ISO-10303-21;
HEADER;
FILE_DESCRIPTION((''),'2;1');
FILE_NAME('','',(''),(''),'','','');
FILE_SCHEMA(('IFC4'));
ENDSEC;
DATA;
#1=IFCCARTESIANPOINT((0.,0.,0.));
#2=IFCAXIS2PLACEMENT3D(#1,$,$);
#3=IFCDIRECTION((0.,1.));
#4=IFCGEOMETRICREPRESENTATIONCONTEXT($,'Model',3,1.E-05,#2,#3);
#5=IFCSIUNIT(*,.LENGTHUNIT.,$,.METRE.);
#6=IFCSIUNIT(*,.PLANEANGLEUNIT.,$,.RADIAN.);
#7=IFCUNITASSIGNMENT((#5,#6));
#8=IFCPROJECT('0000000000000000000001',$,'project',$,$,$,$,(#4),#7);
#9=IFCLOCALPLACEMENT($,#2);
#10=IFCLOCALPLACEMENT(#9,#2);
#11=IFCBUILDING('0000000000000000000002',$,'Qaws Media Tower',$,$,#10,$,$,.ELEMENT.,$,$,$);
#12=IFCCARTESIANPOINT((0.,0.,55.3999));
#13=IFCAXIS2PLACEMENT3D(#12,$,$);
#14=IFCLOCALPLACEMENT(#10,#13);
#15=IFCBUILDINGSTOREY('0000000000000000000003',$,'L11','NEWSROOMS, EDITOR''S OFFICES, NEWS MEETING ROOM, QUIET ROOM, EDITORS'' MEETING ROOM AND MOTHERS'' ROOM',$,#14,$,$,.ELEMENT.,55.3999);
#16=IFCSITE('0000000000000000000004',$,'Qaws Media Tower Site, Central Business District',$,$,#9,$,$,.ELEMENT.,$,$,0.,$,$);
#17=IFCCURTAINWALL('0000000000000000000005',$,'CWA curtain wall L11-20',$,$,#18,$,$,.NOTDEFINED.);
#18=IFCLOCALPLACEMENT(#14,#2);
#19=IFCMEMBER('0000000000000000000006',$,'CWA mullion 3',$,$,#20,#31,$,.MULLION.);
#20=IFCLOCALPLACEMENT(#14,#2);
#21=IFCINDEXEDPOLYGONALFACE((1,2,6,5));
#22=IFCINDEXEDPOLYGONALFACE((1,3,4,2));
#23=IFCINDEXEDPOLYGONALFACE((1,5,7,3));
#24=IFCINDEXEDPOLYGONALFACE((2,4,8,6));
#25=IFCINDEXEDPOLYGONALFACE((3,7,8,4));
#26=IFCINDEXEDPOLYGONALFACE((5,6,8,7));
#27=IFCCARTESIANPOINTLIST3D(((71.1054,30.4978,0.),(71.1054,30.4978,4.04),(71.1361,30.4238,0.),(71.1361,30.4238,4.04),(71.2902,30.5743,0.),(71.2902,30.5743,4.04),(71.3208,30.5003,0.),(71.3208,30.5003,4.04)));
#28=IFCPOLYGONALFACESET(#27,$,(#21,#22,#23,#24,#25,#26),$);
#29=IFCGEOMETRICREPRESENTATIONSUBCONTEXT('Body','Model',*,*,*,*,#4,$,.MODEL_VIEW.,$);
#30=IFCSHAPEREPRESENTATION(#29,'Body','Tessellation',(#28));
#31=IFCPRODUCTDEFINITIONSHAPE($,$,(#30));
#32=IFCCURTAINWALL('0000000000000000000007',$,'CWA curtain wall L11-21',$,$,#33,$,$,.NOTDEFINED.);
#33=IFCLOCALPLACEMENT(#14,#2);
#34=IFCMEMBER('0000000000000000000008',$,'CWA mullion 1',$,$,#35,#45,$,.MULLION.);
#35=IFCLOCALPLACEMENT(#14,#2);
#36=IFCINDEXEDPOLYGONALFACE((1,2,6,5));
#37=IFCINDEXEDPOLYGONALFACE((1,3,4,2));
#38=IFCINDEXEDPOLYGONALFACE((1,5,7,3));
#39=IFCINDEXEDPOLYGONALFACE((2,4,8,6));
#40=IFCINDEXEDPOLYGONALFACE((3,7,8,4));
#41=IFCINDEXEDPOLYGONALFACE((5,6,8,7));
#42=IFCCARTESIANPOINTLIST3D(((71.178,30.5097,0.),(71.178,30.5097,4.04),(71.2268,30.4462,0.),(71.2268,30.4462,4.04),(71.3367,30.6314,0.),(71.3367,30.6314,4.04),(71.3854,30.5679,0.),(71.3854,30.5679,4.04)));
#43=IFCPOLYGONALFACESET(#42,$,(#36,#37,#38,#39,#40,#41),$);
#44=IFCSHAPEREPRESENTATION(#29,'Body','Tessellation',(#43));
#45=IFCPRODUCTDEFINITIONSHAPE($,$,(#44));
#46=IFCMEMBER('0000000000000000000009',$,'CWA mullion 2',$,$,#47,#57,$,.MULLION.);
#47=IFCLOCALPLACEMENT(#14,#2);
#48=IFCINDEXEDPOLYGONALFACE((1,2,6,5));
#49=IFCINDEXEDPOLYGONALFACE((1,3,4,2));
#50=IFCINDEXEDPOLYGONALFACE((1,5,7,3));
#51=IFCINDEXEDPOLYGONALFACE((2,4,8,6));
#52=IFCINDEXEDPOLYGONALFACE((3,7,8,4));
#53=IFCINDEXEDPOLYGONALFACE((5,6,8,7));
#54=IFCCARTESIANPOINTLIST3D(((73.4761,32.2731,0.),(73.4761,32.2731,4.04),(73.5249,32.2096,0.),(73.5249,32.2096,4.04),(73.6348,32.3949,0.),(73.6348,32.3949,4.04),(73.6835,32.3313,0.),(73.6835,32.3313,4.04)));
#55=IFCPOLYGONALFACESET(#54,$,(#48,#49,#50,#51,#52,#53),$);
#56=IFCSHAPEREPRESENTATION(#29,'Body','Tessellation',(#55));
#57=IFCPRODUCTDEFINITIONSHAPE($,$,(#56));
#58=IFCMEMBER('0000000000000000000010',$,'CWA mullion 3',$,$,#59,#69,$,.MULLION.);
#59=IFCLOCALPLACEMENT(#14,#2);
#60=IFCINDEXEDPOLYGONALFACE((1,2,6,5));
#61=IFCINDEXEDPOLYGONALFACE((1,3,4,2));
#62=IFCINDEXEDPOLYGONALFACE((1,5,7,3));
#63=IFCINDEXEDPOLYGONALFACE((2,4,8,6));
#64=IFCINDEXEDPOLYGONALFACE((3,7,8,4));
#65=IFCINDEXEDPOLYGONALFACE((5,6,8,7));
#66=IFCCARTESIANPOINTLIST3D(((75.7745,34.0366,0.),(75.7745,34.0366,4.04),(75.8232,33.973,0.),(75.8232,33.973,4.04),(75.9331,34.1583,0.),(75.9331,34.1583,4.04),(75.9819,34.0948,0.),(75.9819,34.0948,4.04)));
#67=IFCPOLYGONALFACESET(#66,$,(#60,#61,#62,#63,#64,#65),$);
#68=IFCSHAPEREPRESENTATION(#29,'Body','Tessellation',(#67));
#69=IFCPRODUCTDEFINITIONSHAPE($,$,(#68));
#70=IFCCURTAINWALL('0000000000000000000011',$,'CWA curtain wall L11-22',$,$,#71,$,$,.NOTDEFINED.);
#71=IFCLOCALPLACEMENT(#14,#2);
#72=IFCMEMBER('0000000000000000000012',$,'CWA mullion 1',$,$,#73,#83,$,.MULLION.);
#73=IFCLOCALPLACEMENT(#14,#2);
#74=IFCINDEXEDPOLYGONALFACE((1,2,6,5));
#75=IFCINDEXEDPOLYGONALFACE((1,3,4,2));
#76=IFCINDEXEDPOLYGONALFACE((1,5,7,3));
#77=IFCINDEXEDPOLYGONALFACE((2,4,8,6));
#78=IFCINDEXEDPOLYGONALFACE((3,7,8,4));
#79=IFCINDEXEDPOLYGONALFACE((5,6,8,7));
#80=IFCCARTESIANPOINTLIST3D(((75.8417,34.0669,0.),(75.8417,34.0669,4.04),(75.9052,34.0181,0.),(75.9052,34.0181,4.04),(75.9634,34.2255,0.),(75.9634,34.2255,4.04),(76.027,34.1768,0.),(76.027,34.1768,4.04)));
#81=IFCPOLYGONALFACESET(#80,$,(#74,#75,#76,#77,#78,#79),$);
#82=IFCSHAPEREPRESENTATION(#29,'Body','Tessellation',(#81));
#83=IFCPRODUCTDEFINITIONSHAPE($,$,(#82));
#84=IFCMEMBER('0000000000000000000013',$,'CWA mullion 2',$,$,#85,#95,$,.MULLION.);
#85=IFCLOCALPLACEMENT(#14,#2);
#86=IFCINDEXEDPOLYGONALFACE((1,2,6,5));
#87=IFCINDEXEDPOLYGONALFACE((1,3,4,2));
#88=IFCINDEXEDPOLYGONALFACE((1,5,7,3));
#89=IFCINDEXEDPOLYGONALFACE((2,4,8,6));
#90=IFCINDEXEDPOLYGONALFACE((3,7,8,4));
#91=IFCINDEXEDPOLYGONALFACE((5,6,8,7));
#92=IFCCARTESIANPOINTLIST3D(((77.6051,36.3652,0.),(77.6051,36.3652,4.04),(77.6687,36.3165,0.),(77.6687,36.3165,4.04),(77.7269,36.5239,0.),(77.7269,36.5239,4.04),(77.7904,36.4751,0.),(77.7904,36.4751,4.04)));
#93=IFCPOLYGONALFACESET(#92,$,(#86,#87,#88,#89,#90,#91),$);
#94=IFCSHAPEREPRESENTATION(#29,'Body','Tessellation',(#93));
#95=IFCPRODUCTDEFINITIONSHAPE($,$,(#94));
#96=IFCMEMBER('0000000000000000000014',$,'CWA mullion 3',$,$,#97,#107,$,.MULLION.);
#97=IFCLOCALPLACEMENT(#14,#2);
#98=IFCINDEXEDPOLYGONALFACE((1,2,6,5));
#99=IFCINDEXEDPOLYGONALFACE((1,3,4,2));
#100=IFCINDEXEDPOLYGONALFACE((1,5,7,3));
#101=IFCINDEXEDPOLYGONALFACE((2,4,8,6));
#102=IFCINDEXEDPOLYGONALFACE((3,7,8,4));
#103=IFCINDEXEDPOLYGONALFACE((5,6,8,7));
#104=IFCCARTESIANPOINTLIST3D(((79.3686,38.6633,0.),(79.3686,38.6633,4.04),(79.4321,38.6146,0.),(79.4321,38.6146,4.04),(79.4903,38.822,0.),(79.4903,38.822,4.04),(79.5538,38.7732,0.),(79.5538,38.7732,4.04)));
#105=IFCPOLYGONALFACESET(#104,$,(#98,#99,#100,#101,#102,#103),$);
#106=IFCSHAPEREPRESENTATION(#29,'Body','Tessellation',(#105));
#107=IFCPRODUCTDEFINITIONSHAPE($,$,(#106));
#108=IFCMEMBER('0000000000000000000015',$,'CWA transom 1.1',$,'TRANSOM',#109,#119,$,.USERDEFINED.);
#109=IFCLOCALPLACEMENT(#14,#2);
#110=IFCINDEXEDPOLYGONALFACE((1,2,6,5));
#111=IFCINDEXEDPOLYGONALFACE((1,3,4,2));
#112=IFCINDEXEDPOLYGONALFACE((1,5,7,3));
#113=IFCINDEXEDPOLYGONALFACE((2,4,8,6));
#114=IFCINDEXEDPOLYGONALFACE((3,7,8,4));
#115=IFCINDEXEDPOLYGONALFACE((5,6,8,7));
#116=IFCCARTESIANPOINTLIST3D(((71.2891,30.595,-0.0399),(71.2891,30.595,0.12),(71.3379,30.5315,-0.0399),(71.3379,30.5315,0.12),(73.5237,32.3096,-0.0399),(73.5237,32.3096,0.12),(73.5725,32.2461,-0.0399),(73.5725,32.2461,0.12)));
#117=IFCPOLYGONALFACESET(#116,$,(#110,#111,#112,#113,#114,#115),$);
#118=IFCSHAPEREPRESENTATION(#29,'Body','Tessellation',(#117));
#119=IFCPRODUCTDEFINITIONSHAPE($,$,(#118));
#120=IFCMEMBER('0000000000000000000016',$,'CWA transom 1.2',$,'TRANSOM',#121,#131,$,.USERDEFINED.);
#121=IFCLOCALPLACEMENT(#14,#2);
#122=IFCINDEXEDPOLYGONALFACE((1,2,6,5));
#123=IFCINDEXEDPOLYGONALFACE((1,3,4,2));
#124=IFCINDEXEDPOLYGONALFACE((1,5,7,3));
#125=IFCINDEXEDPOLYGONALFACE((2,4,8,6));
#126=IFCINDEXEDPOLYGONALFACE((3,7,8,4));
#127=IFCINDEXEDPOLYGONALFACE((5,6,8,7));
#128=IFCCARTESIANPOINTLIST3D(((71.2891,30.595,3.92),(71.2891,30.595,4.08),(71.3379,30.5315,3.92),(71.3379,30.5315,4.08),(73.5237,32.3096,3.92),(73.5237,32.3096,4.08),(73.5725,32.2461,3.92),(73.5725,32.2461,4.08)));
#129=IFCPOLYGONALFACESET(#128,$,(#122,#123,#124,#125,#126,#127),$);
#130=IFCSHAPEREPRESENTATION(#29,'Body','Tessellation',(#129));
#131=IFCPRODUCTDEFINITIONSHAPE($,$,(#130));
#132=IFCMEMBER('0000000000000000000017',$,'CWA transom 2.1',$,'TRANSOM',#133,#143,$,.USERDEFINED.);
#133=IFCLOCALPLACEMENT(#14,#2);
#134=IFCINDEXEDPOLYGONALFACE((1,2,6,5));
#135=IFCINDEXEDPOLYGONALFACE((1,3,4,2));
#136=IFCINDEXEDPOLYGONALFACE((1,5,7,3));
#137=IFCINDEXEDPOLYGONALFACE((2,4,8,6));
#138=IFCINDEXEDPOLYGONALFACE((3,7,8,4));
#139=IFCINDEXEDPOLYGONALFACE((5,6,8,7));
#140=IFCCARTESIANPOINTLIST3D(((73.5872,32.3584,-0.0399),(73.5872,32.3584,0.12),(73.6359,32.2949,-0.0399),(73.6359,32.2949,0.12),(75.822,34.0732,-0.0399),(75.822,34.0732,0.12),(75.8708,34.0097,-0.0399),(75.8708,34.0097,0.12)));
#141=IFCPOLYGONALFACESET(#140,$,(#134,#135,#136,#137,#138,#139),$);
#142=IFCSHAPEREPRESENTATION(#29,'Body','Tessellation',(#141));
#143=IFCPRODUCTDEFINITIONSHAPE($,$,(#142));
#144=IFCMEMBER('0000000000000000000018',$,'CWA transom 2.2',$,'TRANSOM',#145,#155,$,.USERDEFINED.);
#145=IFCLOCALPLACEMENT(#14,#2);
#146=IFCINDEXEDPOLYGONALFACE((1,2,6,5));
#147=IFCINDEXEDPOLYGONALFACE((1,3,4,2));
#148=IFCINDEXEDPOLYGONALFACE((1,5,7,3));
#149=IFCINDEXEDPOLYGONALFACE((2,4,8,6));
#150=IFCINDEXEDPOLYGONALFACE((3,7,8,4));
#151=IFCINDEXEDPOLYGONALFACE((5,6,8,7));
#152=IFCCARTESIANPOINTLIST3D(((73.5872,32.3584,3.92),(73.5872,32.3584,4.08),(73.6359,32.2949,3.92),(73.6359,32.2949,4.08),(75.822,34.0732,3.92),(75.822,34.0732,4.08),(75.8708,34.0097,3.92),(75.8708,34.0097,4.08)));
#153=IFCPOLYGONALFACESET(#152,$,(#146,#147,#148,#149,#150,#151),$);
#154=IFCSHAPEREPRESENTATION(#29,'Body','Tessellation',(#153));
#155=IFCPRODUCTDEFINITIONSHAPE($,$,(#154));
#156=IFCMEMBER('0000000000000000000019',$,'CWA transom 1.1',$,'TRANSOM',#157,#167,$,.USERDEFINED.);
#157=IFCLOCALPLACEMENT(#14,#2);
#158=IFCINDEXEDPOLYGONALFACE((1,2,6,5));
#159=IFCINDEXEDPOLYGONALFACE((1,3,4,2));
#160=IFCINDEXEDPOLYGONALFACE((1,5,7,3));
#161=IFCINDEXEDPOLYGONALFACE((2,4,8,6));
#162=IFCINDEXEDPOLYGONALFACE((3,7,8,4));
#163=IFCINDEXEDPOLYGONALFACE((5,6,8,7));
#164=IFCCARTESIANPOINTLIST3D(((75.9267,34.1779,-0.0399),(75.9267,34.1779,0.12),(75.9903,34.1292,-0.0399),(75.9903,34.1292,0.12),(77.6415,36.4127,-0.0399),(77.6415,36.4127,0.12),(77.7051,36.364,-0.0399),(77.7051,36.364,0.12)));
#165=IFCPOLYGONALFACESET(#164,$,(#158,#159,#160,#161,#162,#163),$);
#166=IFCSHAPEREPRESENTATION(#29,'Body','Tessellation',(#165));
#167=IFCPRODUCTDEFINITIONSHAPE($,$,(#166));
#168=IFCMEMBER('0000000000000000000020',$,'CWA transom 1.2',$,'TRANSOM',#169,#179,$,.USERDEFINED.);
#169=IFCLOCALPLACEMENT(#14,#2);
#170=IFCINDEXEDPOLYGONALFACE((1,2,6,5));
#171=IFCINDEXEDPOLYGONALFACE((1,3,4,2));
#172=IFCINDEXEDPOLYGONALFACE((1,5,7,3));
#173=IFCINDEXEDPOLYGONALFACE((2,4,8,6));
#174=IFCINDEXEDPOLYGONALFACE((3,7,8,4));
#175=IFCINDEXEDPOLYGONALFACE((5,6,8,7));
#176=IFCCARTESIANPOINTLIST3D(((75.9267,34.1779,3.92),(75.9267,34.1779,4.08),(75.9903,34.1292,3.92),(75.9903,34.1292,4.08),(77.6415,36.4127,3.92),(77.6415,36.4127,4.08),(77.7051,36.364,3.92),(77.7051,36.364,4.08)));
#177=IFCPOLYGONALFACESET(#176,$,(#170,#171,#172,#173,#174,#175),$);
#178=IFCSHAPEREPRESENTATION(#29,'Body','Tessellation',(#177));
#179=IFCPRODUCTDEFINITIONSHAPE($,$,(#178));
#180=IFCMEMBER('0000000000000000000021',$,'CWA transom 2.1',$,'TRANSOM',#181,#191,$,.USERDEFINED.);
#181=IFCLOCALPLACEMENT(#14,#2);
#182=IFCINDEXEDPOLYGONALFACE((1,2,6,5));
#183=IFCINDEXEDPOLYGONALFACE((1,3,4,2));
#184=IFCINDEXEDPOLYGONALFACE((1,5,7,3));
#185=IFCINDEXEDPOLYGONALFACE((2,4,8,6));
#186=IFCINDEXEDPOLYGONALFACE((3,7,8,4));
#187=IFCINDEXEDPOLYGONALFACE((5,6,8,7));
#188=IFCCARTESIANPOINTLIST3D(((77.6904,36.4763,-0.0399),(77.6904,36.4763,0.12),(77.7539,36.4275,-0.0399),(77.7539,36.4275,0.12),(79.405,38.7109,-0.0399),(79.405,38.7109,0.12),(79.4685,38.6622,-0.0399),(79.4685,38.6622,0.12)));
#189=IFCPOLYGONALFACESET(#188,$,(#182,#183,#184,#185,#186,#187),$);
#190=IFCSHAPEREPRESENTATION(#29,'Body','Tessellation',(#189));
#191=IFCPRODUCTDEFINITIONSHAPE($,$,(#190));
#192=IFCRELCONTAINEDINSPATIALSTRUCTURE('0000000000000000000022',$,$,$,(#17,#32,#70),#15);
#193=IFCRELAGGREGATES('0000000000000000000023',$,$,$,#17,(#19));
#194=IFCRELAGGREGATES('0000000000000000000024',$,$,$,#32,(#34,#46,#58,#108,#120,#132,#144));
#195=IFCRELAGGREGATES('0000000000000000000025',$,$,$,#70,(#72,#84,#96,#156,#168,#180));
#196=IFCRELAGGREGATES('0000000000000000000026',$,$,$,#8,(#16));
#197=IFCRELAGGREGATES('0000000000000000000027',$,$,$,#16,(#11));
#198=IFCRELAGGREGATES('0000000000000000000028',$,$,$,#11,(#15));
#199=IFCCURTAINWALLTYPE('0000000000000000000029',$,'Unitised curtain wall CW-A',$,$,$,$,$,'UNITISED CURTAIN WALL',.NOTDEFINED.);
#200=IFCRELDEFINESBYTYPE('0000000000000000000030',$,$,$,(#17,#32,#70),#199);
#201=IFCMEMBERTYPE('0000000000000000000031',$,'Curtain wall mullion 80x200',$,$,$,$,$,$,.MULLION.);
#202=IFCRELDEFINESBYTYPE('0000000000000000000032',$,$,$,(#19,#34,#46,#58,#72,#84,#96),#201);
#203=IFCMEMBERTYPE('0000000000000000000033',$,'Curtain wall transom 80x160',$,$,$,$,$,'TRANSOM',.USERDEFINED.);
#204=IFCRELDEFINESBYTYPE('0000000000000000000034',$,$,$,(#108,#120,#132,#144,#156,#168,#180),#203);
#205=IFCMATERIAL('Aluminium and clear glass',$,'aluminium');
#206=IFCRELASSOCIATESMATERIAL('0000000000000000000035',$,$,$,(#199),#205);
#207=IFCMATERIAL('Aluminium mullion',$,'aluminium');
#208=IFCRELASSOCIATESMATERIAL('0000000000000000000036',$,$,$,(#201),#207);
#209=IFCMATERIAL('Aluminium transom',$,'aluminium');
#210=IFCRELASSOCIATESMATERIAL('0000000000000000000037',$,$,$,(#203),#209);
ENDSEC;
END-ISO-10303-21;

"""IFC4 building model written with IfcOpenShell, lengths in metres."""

from ifc_helpers import new_model, si_unit, direction, frame, origin, origin_2d, place, context, subcontext, project, spatial, rectangle, extrude, material, material_profile, profile_set, type_object, element, aggregate, save


model = new_model("IFC4")

# Units and contexts
model_context = context("Model", 3, precision=1e-05, world=origin(), true_north=direction((0.0, 1.0)))
body_context = subcontext(model_context, "Body", "Model", "MODEL_VIEW")
ifc_project = project(units=[si_unit("LENGTHUNIT", "METRE"), si_unit("PLANEANGLEUNIT", "RADIAN")], contexts=[model_context])

# Site, building, storey
site_placement = place(None, origin())
site = spatial("IfcSite", under=ifc_project, at=site_placement, Name="Qaws Media Tower Site, Central Business District", CompositionType="ELEMENT", RefElevation=0.0)
building_placement = place(site_placement, origin())
building = spatial("IfcBuilding", under=site, at=building_placement, Name="Qaws Media Tower", CompositionType="ELEMENT")
storey_placement = place(building_placement, frame((0.0, 0.0, 55.3999)))
storey = spatial("IfcBuildingStorey", under=building, at=storey_placement, Name="L11", Description="NEWSROOMS, EDITOR'S OFFICES, NEWS MEETING ROOM, QUIET ROOM, EDITORS' MEETING ROOM AND MOTHERS' ROOM", CompositionType="ELEMENT", Elevation=55.3999)

# Curtain wall, member
ifc_material_1 = material(Name="Aluminium and clear glass", Category="aluminium")
curtain_wall_type = type_object("IfcCurtainWallType", Name="Unitised curtain wall CW-A", ElementType="UNITISED CURTAIN WALL", PredefinedType="NOTDEFINED", material=ifc_material_1)
curtain_wall_1_placement = place(storey_placement, origin())
curtain_wall_1 = element("IfcCurtainWall", 1, at=curtain_wall_1_placement, inside=storey, type_object=curtain_wall_type, Name="CWA curtain wall L11-20", PredefinedType="NOTDEFINED")
ifc_material_2 = material(Name="Aluminium mullion", Category="aluminium")
ifc_material_profile_1 = material_profile(ifc_material_2, rectangle(XDim=0.0801, YDim=0.2, at=origin_2d()), Name="80x200")
ifc_profile_set_1 = profile_set([ifc_material_profile_1], Name="Aluminium mullion")
member_type_1 = type_object("IfcMemberType", Name="Curtain wall mullion 80x200", PredefinedType="MULLION", material=ifc_profile_set_1)
member_1_placement = place(storey_placement, frame((71.2131, 30.499, 0.0), z_axis=(0.0, 0.0, 1.0), x_axis=(-0.382683, 0.92388, 0.0)))
member_1 = element("IfcMember", 2, at=member_1_placement, type_object=member_type_1, Name="CWA mullion 3", PredefinedType="MULLION", context=body_context, shape_type="SweptSolid", body=[
    extrude(rectangle(XDim=0.0801, YDim=0.2, at=origin_2d()), origin(), (0.0, 0.0, 1.0), 4.04),
])
aggregate(curtain_wall_1, [member_1])

# Curtain walls, members
curtain_wall_2_placement = place(storey_placement, origin())
curtain_wall_2 = element("IfcCurtainWall", 3, at=curtain_wall_2_placement, inside=storey, type_object=curtain_wall_type, Name="CWA curtain wall L11-21", PredefinedType="NOTDEFINED")
member_2_placement = place(storey_placement, frame((71.2817, 30.5388, 0.0), z_axis=(0.0, 0.0, 1.0), x_axis=(-0.608761, 0.793353, 0.0)))
member_2 = element("IfcMember", 4, at=member_2_placement, type_object=member_type_1, Name="CWA mullion 1", PredefinedType="MULLION", context=body_context, shape_type="SweptSolid", body=[
    extrude(rectangle(XDim=0.0801, YDim=0.2, at=origin_2d()), origin(), (0.0, 0.0, 1.0), 4.04),
])
member_3_placement = place(storey_placement, frame((73.5798, 32.3022, 0.0), z_axis=(0.0, 0.0, 1.0), x_axis=(-0.608761, 0.793353, 0.0)))
member_3 = element("IfcMember", 5, at=member_3_placement, type_object=member_type_1, Name="CWA mullion 2", PredefinedType="MULLION", context=body_context, shape_type="SweptSolid", body=[
    extrude(rectangle(XDim=0.0801, YDim=0.2, at=origin_2d()), origin(), (0.0, 0.0, 1.0), 4.04),
])
member_4_placement = place(storey_placement, frame((75.8782, 34.0657, 0.0), z_axis=(0.0, 0.0, 1.0), x_axis=(-0.608761, 0.793353, 0.0)))
member_4 = element("IfcMember", 6, at=member_4_placement, type_object=member_type_1, Name="CWA mullion 3", PredefinedType="MULLION", context=body_context, shape_type="SweptSolid", body=[
    extrude(rectangle(XDim=0.0801, YDim=0.2, at=origin_2d()), origin(), (0.0, 0.0, 1.0), 4.04),
])
curtain_wall_3_placement = place(storey_placement, origin())
curtain_wall_3 = element("IfcCurtainWall", 7, at=curtain_wall_3_placement, inside=storey, type_object=curtain_wall_type, Name="CWA curtain wall L11-22", PredefinedType="NOTDEFINED")
member_5_placement = place(storey_placement, frame((75.9343, 34.1218, 0.0), z_axis=(0.0, 0.0, 1.0), x_axis=(-0.793353, 0.608761, 0.0)))
member_5 = element("IfcMember", 8, at=member_5_placement, type_object=member_type_1, Name="CWA mullion 1", PredefinedType="MULLION", context=body_context, shape_type="SweptSolid", body=[
    extrude(rectangle(XDim=0.0801, YDim=0.2, at=origin_2d()), origin(), (0.0, 0.0, 1.0), 4.04),
])
member_6_placement = place(storey_placement, frame((77.6978, 36.4202, 0.0), z_axis=(0.0, 0.0, 1.0), x_axis=(-0.793353, 0.608761, 0.0)))
member_6 = element("IfcMember", 9, at=member_6_placement, type_object=member_type_1, Name="CWA mullion 2", PredefinedType="MULLION", context=body_context, shape_type="SweptSolid", body=[
    extrude(rectangle(XDim=0.0801, YDim=0.2, at=origin_2d()), origin(), (0.0, 0.0, 1.0), 4.04),
])
member_7_placement = place(storey_placement, frame((79.4612, 38.7183, 0.0), z_axis=(0.0, 0.0, 1.0), x_axis=(-0.793353, 0.608761, 0.0)))
member_7 = element("IfcMember", 10, at=member_7_placement, type_object=member_type_1, Name="CWA mullion 3", PredefinedType="MULLION", context=body_context, shape_type="SweptSolid", body=[
    extrude(rectangle(XDim=0.0801, YDim=0.2, at=origin_2d()), origin(), (0.0, 0.0, 1.0), 4.04),
])

# Members
ifc_material_3 = material(Name="Aluminium transom", Category="aluminium")
ifc_material_profile_2 = material_profile(ifc_material_3, rectangle(XDim=0.0801, YDim=0.1599, at=origin_2d()), Name="80x160")
ifc_profile_set_2 = profile_set([ifc_material_profile_2], Name="Aluminium transom")
member_type_2 = type_object("IfcMemberType", Name="Curtain wall transom 80x160", ElementType="TRANSOM", PredefinedType="USERDEFINED", material=ifc_profile_set_2)
member_8_placement = place(storey_placement, frame((71.3135, 30.5632, 0.04), z_axis=(0.793368, 0.608743, 0.0), x_axis=(-0.608743, 0.793368, 0.0)))
member_8 = element("IfcMember", 11, at=member_8_placement, type_object=member_type_2, Name="CWA transom 1.1", ObjectType="TRANSOM", PredefinedType="USERDEFINED", context=body_context, shape_type="SweptSolid", body=[
    extrude(rectangle(XDim=0.0801, YDim=0.1599, at=origin_2d()), origin(), (0.0, 0.0, 1.0), 2.8167),
])
member_9_placement = place(storey_placement, frame((71.3135, 30.5632, 4.0), z_axis=(0.793368, 0.608743, 0.0), x_axis=(-0.608743, 0.793368, 0.0)))
member_9 = element("IfcMember", 12, at=member_9_placement, type_object=member_type_2, Name="CWA transom 1.2", ObjectType="TRANSOM", PredefinedType="USERDEFINED", context=body_context, shape_type="SweptSolid", body=[
    extrude(rectangle(XDim=0.0801, YDim=0.1599, at=origin_2d()), origin(), (0.0, 0.0, 1.0), 2.8167),
])
member_10_placement = place(storey_placement, frame((73.6116, 32.3267, 0.04), z_axis=(0.793358, 0.608755, 0.0), x_axis=(-0.608755, 0.793358, 0.0)))
member_10 = element("IfcMember", 13, at=member_10_placement, type_object=member_type_2, Name="CWA transom 2.1", ObjectType="TRANSOM", PredefinedType="USERDEFINED", context=body_context, shape_type="SweptSolid", body=[
    extrude(rectangle(XDim=0.0801, YDim=0.1599, at=origin_2d()), origin(), (0.0, 0.0, 1.0), 2.8169),
])
member_11_placement = place(storey_placement, frame((73.6116, 32.3267, 4.0), z_axis=(0.793358, 0.608755, 0.0), x_axis=(-0.608755, 0.793358, 0.0)))
member_11 = element("IfcMember", 14, at=member_11_placement, type_object=member_type_2, Name="CWA transom 2.2", ObjectType="TRANSOM", PredefinedType="USERDEFINED", context=body_context, shape_type="SweptSolid", body=[
    extrude(rectangle(XDim=0.0801, YDim=0.1599, at=origin_2d()), origin(), (0.0, 0.0, 1.0), 2.8169),
])
member_12_placement = place(storey_placement, frame((75.9585, 34.1536, 0.04), z_axis=(0.608755, 0.793358, 0.0), x_axis=(-0.793358, 0.608755, 0.0)))
member_12 = element("IfcMember", 15, at=member_12_placement, type_object=member_type_2, Name="CWA transom 1.1", ObjectType="TRANSOM", PredefinedType="USERDEFINED", context=body_context, shape_type="SweptSolid", body=[
    extrude(rectangle(XDim=0.0801, YDim=0.1599, at=origin_2d()), origin(), (0.0, 0.0, 1.0), 2.8169),
])
member_13_placement = place(storey_placement, frame((75.9585, 34.1536, 4.0), z_axis=(0.608755, 0.793358, 0.0), x_axis=(-0.793358, 0.608755, 0.0)))
member_13 = element("IfcMember", 16, at=member_13_placement, type_object=member_type_2, Name="CWA transom 1.2", ObjectType="TRANSOM", PredefinedType="USERDEFINED", context=body_context, shape_type="SweptSolid", body=[
    extrude(rectangle(XDim=0.0801, YDim=0.1599, at=origin_2d()), origin(), (0.0, 0.0, 1.0), 2.8169),
])
member_14_placement = place(storey_placement, frame((77.7222, 36.4519, 0.04), z_axis=(0.608743, 0.793368, 0.0), x_axis=(-0.793368, 0.608743, 0.0)))
member_14 = element("IfcMember", 17, at=member_14_placement, type_object=member_type_2, Name="CWA transom 2.1", ObjectType="TRANSOM", PredefinedType="USERDEFINED", context=body_context, shape_type="SweptSolid", body=[
    extrude(rectangle(XDim=0.0801, YDim=0.1599, at=origin_2d()), origin(), (0.0, 0.0, 1.0), 2.8167),
])

aggregate(curtain_wall_2, [member_2, member_3, member_4, member_8, member_9, member_10, member_11])
aggregate(curtain_wall_3, [member_5, member_6, member_7, member_12, member_13, member_14])

save(model, "model.ifc")
